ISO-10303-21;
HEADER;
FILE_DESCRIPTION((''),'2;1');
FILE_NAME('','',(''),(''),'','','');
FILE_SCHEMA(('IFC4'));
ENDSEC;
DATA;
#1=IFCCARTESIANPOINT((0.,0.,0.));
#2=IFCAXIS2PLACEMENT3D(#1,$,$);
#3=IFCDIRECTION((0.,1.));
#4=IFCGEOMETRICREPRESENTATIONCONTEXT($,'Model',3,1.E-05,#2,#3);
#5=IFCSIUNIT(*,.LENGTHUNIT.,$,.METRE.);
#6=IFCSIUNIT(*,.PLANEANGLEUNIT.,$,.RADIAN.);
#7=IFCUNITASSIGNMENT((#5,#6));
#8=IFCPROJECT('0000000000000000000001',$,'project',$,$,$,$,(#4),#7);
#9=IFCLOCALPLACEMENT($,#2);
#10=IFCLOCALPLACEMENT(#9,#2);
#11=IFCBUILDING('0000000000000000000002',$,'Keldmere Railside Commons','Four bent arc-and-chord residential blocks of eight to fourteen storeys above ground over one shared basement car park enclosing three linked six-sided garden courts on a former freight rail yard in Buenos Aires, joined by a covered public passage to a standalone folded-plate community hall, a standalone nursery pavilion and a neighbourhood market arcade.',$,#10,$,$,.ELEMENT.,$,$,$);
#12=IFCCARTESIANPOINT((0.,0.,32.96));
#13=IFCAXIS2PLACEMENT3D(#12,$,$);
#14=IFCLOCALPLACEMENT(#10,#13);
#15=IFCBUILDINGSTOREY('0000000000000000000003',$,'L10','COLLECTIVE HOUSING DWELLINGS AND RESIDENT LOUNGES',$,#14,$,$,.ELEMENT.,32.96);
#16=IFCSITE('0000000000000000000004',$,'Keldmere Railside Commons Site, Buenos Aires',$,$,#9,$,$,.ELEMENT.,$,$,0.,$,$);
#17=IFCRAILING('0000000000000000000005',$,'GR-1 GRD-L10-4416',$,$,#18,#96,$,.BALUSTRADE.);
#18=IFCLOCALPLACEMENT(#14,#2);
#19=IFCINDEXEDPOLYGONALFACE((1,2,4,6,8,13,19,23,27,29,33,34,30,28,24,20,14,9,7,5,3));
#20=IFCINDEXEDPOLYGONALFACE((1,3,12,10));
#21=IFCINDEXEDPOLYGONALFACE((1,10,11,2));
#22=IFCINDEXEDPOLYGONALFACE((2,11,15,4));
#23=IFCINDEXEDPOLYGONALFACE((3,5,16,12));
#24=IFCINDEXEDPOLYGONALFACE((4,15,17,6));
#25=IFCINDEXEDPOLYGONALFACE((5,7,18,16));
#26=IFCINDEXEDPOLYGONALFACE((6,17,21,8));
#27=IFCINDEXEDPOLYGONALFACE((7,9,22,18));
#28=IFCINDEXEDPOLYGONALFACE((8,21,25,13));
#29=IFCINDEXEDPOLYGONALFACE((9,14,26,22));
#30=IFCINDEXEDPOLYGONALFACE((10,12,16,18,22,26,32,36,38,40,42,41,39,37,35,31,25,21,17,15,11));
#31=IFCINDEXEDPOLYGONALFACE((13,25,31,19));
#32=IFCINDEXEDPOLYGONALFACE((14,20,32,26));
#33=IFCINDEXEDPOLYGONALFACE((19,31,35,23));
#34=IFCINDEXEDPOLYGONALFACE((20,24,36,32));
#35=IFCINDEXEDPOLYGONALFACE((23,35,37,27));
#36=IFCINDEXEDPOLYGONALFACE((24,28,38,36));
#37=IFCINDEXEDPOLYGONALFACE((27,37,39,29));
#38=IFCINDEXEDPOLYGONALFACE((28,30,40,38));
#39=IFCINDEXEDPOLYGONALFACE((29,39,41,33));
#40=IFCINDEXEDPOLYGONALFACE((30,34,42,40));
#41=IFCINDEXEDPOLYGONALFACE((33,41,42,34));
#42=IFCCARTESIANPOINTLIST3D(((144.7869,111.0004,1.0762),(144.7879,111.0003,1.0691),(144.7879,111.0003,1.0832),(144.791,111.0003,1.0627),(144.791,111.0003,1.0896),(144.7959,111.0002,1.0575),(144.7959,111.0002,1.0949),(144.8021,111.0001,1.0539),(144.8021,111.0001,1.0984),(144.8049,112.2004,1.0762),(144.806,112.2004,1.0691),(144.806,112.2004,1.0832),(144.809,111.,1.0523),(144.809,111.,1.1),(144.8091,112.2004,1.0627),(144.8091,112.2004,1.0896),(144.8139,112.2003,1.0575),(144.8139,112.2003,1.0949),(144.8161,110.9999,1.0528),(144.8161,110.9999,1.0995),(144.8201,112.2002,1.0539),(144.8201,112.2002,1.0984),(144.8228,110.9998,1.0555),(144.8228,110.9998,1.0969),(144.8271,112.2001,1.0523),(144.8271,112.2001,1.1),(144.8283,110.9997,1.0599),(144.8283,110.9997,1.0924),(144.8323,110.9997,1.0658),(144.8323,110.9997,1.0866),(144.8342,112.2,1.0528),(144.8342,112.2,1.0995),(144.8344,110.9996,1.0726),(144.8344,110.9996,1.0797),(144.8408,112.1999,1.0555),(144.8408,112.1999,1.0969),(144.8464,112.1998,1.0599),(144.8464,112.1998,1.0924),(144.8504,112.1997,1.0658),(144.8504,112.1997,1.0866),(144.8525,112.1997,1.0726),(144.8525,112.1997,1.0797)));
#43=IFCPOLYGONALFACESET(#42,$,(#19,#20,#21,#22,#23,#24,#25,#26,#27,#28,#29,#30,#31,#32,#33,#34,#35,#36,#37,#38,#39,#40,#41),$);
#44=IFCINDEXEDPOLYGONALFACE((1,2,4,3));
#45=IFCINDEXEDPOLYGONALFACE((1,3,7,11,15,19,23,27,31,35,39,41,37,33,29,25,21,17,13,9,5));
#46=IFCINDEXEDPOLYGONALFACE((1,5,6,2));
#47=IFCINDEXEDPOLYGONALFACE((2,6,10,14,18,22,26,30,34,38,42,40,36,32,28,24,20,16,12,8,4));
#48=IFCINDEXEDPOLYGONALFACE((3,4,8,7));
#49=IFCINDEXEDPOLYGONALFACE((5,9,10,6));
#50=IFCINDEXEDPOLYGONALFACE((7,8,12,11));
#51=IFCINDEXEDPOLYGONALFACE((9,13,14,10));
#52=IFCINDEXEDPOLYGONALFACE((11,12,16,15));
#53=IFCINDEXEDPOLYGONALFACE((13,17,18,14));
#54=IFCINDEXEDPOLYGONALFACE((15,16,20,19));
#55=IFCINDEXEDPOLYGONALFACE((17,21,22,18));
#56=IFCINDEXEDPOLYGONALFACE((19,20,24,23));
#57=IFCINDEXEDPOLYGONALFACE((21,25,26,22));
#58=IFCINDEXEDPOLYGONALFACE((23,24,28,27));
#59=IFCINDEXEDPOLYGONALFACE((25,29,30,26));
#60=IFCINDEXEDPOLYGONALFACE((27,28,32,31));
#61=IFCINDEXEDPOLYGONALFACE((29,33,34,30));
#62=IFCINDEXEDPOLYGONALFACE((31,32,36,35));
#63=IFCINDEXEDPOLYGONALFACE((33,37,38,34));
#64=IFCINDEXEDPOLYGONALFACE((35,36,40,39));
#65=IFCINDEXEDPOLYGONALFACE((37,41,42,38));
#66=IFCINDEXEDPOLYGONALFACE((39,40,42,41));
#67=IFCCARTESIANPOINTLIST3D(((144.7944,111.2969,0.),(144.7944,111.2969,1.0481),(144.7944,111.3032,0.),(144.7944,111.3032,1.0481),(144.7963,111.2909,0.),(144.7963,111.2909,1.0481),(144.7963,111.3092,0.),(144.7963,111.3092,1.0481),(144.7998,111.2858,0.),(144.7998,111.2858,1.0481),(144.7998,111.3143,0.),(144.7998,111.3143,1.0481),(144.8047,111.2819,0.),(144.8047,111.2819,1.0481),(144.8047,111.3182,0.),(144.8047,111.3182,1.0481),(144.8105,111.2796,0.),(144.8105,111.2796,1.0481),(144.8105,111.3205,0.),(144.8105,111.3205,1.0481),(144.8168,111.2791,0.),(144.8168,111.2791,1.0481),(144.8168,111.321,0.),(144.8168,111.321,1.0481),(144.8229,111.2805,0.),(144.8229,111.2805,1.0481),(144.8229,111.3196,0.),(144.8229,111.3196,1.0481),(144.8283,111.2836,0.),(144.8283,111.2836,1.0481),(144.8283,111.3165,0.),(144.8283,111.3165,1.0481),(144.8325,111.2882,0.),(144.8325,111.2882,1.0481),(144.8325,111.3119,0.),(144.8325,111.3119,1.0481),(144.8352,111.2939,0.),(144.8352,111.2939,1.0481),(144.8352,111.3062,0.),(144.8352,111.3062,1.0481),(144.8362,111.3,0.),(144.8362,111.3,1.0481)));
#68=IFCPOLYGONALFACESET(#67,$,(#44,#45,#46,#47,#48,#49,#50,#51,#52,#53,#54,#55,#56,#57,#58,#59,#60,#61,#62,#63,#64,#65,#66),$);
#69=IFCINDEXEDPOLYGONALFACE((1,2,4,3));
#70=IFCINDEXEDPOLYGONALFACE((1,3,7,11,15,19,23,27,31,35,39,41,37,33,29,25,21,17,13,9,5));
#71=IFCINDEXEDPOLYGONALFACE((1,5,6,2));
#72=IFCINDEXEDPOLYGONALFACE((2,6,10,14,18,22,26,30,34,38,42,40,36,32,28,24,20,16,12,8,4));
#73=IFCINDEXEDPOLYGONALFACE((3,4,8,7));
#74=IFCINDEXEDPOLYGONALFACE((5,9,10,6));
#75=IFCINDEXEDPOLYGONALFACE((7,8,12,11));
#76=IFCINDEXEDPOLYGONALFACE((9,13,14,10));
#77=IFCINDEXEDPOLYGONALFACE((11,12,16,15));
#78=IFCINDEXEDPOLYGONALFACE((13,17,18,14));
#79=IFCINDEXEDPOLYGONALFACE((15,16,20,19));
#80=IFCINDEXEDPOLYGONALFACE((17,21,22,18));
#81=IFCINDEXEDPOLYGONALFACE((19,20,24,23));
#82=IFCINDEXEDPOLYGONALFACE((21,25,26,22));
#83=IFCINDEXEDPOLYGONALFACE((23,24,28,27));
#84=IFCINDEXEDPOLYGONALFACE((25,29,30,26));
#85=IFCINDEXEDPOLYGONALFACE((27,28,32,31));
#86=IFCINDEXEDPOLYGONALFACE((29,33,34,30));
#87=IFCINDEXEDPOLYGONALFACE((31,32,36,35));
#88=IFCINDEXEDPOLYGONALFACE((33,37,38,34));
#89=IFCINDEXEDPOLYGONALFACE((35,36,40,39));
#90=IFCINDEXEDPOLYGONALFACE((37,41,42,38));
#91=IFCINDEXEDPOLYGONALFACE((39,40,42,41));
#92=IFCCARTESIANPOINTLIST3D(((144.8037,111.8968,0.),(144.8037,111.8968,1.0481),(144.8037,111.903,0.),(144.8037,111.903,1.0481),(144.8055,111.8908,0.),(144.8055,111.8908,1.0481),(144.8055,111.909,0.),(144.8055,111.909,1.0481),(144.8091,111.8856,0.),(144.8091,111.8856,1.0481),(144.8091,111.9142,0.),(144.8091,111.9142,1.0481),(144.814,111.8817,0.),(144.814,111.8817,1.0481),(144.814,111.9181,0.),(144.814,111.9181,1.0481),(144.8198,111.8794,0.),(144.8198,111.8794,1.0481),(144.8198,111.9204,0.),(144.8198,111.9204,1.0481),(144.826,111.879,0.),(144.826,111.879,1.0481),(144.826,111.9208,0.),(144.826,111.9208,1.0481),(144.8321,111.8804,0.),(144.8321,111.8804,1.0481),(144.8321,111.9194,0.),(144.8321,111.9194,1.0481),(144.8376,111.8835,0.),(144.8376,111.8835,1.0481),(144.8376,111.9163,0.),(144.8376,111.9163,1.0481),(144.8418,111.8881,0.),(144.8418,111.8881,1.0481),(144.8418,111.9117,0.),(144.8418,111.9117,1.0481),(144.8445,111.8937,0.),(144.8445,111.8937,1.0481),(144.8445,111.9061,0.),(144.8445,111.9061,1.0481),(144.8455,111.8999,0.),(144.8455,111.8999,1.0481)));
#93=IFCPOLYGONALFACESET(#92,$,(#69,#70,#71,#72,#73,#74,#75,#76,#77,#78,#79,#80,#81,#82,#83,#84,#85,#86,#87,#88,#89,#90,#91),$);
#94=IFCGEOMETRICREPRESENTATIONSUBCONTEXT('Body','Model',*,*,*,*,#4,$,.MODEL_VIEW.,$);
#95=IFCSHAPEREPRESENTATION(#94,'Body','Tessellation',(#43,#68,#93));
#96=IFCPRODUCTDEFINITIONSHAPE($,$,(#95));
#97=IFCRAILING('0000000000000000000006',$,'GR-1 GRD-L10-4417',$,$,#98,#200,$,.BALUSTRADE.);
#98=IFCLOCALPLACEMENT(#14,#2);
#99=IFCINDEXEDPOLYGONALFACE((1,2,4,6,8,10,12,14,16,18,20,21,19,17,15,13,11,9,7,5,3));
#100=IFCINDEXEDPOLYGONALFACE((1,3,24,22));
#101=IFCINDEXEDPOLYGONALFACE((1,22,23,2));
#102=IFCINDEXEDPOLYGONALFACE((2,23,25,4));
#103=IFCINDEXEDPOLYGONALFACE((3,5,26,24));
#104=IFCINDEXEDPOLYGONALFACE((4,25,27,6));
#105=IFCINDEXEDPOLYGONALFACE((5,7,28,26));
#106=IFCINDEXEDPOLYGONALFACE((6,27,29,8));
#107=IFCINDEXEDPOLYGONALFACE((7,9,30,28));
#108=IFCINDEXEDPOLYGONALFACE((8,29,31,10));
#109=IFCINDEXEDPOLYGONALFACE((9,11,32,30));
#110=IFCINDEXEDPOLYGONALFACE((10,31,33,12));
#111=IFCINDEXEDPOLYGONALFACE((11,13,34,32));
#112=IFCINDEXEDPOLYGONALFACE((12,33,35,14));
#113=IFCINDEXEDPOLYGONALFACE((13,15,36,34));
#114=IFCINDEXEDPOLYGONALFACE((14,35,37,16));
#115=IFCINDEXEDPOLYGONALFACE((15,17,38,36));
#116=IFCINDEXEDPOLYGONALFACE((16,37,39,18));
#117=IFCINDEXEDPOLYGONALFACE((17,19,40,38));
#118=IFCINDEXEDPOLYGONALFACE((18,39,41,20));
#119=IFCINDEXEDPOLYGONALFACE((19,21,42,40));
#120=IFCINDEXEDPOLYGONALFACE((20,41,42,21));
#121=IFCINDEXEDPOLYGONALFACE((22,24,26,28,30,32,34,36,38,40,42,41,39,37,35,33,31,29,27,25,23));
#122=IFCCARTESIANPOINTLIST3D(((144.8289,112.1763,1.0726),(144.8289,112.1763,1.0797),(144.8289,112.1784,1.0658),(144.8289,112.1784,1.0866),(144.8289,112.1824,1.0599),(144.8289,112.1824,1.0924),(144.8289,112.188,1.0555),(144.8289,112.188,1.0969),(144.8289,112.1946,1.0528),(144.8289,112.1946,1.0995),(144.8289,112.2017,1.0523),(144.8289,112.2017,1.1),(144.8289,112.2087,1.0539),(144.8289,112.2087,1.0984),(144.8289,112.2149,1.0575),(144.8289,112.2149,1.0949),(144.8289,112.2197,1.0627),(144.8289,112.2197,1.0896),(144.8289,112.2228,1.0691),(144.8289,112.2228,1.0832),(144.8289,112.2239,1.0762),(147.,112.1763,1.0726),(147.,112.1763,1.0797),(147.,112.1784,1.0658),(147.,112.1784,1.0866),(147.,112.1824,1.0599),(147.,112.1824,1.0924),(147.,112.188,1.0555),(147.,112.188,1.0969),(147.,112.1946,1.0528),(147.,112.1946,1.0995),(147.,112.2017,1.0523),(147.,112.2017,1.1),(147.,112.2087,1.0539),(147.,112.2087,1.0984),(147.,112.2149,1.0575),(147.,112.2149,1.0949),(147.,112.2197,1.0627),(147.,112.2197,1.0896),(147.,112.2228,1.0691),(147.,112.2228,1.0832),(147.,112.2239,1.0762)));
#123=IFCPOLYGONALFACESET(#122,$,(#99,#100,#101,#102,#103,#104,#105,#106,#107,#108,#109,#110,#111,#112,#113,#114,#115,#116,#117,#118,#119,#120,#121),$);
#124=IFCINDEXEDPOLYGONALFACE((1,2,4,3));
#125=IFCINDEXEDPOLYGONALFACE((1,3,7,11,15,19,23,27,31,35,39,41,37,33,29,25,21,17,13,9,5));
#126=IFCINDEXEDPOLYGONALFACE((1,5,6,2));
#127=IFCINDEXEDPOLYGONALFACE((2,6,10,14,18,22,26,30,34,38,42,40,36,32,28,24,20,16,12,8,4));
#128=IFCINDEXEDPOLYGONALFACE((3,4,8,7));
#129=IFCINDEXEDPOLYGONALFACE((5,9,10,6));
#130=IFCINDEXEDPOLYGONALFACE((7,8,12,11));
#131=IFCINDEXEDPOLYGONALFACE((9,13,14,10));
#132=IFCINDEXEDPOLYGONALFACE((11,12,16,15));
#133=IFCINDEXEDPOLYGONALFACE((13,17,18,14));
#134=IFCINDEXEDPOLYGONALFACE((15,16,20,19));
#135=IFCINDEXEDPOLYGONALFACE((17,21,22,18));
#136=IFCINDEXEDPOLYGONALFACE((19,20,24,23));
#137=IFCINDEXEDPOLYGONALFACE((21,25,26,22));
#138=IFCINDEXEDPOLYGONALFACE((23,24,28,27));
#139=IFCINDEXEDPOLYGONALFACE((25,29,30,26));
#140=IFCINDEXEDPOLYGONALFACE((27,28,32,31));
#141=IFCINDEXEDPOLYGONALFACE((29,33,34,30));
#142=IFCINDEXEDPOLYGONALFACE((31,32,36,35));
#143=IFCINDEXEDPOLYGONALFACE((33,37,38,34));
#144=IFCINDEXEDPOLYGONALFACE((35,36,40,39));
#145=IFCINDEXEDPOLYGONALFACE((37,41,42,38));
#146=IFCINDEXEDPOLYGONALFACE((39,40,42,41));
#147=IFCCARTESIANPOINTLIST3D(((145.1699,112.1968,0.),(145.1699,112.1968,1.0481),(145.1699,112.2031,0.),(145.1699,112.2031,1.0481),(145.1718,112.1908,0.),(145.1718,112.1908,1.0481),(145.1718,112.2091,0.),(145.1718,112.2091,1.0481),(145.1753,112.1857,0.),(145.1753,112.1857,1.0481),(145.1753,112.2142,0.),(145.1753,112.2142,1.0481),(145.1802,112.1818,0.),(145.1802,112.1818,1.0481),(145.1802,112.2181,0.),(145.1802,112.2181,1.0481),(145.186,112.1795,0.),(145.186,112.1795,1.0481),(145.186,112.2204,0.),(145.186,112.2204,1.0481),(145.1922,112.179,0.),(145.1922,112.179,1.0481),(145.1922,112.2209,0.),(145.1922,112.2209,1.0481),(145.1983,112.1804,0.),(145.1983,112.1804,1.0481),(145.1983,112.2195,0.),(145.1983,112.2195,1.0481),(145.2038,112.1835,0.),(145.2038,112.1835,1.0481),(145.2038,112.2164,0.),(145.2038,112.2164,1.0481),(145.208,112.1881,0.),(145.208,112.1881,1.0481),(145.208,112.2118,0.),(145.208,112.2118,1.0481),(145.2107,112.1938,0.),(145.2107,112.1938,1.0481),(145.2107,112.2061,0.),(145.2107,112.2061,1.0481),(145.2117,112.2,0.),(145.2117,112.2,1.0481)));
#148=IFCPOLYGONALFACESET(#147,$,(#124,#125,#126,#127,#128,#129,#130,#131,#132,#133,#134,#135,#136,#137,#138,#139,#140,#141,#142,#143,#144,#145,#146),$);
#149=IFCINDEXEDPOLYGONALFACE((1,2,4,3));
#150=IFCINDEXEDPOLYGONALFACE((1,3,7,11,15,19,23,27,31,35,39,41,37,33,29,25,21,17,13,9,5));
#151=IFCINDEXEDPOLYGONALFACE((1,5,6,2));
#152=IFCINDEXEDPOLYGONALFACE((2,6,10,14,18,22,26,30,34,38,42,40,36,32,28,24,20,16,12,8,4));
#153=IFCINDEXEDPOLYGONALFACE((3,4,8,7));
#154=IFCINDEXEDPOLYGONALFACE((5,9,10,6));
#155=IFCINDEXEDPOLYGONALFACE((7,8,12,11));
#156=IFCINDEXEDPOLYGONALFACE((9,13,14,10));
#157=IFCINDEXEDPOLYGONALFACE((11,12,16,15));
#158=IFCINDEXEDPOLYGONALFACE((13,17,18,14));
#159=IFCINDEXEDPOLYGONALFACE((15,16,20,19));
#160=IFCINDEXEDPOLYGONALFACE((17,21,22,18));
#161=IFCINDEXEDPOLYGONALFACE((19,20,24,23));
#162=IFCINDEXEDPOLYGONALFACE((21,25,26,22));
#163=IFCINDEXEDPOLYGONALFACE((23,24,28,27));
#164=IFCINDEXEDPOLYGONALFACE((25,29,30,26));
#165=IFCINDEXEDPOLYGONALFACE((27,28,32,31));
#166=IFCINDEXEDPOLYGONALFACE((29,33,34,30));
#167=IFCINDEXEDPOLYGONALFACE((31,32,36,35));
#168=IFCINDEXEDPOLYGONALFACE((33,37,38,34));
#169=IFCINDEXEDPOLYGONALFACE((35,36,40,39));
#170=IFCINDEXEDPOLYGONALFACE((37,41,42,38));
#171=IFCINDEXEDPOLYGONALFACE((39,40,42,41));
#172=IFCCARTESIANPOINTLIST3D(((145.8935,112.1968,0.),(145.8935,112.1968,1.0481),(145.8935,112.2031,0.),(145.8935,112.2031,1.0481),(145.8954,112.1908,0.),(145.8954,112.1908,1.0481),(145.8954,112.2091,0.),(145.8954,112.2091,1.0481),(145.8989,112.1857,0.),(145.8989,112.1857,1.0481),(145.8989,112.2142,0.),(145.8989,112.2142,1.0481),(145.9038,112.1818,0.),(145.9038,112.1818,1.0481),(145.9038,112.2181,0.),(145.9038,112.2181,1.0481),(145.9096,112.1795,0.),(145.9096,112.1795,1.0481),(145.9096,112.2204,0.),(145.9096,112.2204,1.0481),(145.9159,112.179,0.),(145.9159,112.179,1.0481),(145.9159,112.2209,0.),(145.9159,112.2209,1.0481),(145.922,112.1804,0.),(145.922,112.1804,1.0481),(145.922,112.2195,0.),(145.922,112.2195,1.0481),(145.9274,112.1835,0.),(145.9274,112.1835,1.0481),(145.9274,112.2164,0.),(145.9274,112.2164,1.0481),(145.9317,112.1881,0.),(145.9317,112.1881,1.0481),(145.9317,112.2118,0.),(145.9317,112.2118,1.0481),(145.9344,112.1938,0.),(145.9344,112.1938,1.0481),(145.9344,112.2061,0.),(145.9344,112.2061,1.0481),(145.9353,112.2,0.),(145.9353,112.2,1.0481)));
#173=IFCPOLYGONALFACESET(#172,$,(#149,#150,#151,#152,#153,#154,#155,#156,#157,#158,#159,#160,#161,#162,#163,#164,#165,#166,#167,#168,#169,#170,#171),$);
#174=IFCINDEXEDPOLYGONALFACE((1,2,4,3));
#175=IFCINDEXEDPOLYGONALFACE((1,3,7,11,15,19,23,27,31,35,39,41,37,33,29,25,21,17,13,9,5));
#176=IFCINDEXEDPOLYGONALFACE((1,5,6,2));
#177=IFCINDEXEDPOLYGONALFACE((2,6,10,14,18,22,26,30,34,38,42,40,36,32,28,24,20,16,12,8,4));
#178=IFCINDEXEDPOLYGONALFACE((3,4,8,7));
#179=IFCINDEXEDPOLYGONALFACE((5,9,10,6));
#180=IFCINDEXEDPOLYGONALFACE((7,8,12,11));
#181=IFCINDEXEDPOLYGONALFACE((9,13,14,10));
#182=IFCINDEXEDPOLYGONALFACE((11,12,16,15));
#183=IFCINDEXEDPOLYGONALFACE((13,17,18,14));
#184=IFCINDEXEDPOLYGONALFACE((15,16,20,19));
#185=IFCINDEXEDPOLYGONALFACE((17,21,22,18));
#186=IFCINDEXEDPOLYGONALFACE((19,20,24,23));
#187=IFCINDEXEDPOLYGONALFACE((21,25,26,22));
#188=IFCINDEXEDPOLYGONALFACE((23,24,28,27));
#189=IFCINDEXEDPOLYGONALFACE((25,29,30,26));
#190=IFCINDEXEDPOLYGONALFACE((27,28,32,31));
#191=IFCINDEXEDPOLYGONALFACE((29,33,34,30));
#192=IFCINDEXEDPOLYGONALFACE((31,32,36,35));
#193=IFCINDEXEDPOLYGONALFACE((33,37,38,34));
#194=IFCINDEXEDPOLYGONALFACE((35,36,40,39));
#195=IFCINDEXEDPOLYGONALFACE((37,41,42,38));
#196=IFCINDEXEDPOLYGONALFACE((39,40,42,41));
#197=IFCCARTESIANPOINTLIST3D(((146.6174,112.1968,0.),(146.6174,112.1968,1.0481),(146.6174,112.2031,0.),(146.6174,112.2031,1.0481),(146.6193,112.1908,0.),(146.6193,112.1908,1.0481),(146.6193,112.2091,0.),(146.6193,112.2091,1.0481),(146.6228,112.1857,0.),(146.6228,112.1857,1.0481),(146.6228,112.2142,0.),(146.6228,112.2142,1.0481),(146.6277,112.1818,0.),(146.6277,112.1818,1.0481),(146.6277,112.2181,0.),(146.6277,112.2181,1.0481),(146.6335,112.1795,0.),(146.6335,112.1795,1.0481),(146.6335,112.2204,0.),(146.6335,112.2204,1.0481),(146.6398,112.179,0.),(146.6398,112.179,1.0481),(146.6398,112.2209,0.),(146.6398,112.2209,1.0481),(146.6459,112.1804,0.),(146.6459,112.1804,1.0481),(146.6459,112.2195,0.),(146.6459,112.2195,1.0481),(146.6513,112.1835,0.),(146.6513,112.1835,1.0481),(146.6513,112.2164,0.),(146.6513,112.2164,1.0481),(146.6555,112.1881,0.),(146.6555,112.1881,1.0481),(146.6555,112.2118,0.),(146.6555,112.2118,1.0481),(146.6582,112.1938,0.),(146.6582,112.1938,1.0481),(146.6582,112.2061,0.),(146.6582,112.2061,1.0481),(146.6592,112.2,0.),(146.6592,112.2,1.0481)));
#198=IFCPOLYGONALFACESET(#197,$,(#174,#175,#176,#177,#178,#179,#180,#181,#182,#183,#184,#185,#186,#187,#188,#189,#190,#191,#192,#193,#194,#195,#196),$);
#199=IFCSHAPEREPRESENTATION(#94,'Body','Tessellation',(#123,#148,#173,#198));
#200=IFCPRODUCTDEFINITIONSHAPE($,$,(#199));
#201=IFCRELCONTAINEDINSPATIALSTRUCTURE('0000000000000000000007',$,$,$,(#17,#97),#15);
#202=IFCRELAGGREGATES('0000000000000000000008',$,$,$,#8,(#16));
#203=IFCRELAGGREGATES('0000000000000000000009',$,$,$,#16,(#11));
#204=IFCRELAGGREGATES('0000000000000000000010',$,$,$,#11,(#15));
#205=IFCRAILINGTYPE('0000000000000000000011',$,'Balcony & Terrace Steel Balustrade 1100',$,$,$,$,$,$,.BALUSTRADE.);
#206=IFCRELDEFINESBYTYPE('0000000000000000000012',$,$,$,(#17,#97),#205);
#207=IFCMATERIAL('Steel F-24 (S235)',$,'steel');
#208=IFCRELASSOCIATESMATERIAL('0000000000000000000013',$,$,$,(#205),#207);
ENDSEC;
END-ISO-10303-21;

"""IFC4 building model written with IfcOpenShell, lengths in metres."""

from ifc_helpers import new_model, si_unit, direction, frame, origin, origin_2d, place, context, subcontext, project, spatial, circle, extrude, material, type_object, element, save


model = new_model("IFC4")

# Units and contexts
model_context = context("Model", 3, precision=1e-05, world=origin(), true_north=direction((0.0, 1.0)))
body_context = subcontext(model_context, "Body", "Model", "MODEL_VIEW")
ifc_project = project(units=[si_unit("LENGTHUNIT", "METRE"), si_unit("PLANEANGLEUNIT", "RADIAN")], contexts=[model_context])

# Site, building, storey
site_placement = place(None, origin())
site = spatial("IfcSite", under=ifc_project, at=site_placement, Name="Keldmere Railside Commons Site, Buenos Aires", CompositionType="ELEMENT", RefElevation=0.0)
building_placement = place(site_placement, origin())
building = spatial("IfcBuilding", under=site, at=building_placement, Name="Keldmere Railside Commons", Description="Four bent arc-and-chord residential blocks of eight to fourteen storeys above ground over one shared basement car park enclosing three linked six-sided garden courts on a former freight rail yard in Buenos Aires, joined by a covered public passage to a standalone folded-plate community hall, a standalone nursery pavilion and a neighbourhood market arcade.", CompositionType="ELEMENT")
storey_placement = place(building_placement, frame((0.0, 0.0, 32.96)))
storey = spatial("IfcBuildingStorey", under=building, at=storey_placement, Name="L10", Description="COLLECTIVE HOUSING DWELLINGS AND RESIDENT LOUNGES", CompositionType="ELEMENT", Elevation=32.96)

# Railings
ifc_material_1 = material(Name="Steel F-24 (S235)", Category="steel")
railing_type = type_object("IfcRailingType", Name="Balcony & Terrace Steel Balustrade 1100", PredefinedType="BALUSTRADE", material=ifc_material_1)
railing_1_placement = place(storey_placement, frame((144.8108, 111.0, 0.0)))
element("IfcRailing", 1, at=railing_1_placement, inside=storey, type_object=railing_type, Name="GR-1 GRD-L10-4416", PredefinedType="BALUSTRADE", context=body_context, shape_type="SweptSolid", body=[
    extrude(circle(Radius=0.0239, at=origin_2d()), frame((0.0, 0.0, 1.0762), z_axis=(0.015054, 0.999887, 0.0), x_axis=(-0.999887, 0.015054, 0.0)), (0.0, 0.0, 1.0), 1.2002),
    extrude(circle(Radius=0.021, at=origin_2d()), frame((0.0044, 0.3, 0.0)), (0.0, 0.0, 1.0), 1.0481),
    extrude(circle(Radius=0.021, at=origin_2d()), frame((0.0137, 0.8999, 0.0)), (0.0, 0.0, 1.0), 1.0481),
])
railing_2_placement = place(storey_placement, frame((144.8289, 112.2, 0.0)))
element("IfcRailing", 2, at=railing_2_placement, inside=storey, type_object=railing_type, Name="GR-1 GRD-L10-4417", PredefinedType="BALUSTRADE", context=body_context, shape_type="SweptSolid", body=[
    extrude(circle(Radius=0.0239, at=origin_2d()), frame((0.0, 0.0, 1.0762), z_axis=(1.0, 0.0, 0.0), x_axis=(0.0, 1.0, 0.0)), (0.0, 0.0, 1.0), 2.1711),
    extrude(circle(Radius=0.021, at=origin_2d()), frame((0.3618, 0.0, 0.0)), (0.0, 0.0, 1.0), 1.0481),
    extrude(circle(Radius=0.021, at=origin_2d()), frame((1.0854, 0.0, 0.0)), (0.0, 0.0, 1.0), 1.0481),
    extrude(circle(Radius=0.021, at=origin_2d()), frame((1.8093, 0.0, 0.0)), (0.0, 0.0, 1.0), 1.0481),
])

save(model, "model.ifc")
